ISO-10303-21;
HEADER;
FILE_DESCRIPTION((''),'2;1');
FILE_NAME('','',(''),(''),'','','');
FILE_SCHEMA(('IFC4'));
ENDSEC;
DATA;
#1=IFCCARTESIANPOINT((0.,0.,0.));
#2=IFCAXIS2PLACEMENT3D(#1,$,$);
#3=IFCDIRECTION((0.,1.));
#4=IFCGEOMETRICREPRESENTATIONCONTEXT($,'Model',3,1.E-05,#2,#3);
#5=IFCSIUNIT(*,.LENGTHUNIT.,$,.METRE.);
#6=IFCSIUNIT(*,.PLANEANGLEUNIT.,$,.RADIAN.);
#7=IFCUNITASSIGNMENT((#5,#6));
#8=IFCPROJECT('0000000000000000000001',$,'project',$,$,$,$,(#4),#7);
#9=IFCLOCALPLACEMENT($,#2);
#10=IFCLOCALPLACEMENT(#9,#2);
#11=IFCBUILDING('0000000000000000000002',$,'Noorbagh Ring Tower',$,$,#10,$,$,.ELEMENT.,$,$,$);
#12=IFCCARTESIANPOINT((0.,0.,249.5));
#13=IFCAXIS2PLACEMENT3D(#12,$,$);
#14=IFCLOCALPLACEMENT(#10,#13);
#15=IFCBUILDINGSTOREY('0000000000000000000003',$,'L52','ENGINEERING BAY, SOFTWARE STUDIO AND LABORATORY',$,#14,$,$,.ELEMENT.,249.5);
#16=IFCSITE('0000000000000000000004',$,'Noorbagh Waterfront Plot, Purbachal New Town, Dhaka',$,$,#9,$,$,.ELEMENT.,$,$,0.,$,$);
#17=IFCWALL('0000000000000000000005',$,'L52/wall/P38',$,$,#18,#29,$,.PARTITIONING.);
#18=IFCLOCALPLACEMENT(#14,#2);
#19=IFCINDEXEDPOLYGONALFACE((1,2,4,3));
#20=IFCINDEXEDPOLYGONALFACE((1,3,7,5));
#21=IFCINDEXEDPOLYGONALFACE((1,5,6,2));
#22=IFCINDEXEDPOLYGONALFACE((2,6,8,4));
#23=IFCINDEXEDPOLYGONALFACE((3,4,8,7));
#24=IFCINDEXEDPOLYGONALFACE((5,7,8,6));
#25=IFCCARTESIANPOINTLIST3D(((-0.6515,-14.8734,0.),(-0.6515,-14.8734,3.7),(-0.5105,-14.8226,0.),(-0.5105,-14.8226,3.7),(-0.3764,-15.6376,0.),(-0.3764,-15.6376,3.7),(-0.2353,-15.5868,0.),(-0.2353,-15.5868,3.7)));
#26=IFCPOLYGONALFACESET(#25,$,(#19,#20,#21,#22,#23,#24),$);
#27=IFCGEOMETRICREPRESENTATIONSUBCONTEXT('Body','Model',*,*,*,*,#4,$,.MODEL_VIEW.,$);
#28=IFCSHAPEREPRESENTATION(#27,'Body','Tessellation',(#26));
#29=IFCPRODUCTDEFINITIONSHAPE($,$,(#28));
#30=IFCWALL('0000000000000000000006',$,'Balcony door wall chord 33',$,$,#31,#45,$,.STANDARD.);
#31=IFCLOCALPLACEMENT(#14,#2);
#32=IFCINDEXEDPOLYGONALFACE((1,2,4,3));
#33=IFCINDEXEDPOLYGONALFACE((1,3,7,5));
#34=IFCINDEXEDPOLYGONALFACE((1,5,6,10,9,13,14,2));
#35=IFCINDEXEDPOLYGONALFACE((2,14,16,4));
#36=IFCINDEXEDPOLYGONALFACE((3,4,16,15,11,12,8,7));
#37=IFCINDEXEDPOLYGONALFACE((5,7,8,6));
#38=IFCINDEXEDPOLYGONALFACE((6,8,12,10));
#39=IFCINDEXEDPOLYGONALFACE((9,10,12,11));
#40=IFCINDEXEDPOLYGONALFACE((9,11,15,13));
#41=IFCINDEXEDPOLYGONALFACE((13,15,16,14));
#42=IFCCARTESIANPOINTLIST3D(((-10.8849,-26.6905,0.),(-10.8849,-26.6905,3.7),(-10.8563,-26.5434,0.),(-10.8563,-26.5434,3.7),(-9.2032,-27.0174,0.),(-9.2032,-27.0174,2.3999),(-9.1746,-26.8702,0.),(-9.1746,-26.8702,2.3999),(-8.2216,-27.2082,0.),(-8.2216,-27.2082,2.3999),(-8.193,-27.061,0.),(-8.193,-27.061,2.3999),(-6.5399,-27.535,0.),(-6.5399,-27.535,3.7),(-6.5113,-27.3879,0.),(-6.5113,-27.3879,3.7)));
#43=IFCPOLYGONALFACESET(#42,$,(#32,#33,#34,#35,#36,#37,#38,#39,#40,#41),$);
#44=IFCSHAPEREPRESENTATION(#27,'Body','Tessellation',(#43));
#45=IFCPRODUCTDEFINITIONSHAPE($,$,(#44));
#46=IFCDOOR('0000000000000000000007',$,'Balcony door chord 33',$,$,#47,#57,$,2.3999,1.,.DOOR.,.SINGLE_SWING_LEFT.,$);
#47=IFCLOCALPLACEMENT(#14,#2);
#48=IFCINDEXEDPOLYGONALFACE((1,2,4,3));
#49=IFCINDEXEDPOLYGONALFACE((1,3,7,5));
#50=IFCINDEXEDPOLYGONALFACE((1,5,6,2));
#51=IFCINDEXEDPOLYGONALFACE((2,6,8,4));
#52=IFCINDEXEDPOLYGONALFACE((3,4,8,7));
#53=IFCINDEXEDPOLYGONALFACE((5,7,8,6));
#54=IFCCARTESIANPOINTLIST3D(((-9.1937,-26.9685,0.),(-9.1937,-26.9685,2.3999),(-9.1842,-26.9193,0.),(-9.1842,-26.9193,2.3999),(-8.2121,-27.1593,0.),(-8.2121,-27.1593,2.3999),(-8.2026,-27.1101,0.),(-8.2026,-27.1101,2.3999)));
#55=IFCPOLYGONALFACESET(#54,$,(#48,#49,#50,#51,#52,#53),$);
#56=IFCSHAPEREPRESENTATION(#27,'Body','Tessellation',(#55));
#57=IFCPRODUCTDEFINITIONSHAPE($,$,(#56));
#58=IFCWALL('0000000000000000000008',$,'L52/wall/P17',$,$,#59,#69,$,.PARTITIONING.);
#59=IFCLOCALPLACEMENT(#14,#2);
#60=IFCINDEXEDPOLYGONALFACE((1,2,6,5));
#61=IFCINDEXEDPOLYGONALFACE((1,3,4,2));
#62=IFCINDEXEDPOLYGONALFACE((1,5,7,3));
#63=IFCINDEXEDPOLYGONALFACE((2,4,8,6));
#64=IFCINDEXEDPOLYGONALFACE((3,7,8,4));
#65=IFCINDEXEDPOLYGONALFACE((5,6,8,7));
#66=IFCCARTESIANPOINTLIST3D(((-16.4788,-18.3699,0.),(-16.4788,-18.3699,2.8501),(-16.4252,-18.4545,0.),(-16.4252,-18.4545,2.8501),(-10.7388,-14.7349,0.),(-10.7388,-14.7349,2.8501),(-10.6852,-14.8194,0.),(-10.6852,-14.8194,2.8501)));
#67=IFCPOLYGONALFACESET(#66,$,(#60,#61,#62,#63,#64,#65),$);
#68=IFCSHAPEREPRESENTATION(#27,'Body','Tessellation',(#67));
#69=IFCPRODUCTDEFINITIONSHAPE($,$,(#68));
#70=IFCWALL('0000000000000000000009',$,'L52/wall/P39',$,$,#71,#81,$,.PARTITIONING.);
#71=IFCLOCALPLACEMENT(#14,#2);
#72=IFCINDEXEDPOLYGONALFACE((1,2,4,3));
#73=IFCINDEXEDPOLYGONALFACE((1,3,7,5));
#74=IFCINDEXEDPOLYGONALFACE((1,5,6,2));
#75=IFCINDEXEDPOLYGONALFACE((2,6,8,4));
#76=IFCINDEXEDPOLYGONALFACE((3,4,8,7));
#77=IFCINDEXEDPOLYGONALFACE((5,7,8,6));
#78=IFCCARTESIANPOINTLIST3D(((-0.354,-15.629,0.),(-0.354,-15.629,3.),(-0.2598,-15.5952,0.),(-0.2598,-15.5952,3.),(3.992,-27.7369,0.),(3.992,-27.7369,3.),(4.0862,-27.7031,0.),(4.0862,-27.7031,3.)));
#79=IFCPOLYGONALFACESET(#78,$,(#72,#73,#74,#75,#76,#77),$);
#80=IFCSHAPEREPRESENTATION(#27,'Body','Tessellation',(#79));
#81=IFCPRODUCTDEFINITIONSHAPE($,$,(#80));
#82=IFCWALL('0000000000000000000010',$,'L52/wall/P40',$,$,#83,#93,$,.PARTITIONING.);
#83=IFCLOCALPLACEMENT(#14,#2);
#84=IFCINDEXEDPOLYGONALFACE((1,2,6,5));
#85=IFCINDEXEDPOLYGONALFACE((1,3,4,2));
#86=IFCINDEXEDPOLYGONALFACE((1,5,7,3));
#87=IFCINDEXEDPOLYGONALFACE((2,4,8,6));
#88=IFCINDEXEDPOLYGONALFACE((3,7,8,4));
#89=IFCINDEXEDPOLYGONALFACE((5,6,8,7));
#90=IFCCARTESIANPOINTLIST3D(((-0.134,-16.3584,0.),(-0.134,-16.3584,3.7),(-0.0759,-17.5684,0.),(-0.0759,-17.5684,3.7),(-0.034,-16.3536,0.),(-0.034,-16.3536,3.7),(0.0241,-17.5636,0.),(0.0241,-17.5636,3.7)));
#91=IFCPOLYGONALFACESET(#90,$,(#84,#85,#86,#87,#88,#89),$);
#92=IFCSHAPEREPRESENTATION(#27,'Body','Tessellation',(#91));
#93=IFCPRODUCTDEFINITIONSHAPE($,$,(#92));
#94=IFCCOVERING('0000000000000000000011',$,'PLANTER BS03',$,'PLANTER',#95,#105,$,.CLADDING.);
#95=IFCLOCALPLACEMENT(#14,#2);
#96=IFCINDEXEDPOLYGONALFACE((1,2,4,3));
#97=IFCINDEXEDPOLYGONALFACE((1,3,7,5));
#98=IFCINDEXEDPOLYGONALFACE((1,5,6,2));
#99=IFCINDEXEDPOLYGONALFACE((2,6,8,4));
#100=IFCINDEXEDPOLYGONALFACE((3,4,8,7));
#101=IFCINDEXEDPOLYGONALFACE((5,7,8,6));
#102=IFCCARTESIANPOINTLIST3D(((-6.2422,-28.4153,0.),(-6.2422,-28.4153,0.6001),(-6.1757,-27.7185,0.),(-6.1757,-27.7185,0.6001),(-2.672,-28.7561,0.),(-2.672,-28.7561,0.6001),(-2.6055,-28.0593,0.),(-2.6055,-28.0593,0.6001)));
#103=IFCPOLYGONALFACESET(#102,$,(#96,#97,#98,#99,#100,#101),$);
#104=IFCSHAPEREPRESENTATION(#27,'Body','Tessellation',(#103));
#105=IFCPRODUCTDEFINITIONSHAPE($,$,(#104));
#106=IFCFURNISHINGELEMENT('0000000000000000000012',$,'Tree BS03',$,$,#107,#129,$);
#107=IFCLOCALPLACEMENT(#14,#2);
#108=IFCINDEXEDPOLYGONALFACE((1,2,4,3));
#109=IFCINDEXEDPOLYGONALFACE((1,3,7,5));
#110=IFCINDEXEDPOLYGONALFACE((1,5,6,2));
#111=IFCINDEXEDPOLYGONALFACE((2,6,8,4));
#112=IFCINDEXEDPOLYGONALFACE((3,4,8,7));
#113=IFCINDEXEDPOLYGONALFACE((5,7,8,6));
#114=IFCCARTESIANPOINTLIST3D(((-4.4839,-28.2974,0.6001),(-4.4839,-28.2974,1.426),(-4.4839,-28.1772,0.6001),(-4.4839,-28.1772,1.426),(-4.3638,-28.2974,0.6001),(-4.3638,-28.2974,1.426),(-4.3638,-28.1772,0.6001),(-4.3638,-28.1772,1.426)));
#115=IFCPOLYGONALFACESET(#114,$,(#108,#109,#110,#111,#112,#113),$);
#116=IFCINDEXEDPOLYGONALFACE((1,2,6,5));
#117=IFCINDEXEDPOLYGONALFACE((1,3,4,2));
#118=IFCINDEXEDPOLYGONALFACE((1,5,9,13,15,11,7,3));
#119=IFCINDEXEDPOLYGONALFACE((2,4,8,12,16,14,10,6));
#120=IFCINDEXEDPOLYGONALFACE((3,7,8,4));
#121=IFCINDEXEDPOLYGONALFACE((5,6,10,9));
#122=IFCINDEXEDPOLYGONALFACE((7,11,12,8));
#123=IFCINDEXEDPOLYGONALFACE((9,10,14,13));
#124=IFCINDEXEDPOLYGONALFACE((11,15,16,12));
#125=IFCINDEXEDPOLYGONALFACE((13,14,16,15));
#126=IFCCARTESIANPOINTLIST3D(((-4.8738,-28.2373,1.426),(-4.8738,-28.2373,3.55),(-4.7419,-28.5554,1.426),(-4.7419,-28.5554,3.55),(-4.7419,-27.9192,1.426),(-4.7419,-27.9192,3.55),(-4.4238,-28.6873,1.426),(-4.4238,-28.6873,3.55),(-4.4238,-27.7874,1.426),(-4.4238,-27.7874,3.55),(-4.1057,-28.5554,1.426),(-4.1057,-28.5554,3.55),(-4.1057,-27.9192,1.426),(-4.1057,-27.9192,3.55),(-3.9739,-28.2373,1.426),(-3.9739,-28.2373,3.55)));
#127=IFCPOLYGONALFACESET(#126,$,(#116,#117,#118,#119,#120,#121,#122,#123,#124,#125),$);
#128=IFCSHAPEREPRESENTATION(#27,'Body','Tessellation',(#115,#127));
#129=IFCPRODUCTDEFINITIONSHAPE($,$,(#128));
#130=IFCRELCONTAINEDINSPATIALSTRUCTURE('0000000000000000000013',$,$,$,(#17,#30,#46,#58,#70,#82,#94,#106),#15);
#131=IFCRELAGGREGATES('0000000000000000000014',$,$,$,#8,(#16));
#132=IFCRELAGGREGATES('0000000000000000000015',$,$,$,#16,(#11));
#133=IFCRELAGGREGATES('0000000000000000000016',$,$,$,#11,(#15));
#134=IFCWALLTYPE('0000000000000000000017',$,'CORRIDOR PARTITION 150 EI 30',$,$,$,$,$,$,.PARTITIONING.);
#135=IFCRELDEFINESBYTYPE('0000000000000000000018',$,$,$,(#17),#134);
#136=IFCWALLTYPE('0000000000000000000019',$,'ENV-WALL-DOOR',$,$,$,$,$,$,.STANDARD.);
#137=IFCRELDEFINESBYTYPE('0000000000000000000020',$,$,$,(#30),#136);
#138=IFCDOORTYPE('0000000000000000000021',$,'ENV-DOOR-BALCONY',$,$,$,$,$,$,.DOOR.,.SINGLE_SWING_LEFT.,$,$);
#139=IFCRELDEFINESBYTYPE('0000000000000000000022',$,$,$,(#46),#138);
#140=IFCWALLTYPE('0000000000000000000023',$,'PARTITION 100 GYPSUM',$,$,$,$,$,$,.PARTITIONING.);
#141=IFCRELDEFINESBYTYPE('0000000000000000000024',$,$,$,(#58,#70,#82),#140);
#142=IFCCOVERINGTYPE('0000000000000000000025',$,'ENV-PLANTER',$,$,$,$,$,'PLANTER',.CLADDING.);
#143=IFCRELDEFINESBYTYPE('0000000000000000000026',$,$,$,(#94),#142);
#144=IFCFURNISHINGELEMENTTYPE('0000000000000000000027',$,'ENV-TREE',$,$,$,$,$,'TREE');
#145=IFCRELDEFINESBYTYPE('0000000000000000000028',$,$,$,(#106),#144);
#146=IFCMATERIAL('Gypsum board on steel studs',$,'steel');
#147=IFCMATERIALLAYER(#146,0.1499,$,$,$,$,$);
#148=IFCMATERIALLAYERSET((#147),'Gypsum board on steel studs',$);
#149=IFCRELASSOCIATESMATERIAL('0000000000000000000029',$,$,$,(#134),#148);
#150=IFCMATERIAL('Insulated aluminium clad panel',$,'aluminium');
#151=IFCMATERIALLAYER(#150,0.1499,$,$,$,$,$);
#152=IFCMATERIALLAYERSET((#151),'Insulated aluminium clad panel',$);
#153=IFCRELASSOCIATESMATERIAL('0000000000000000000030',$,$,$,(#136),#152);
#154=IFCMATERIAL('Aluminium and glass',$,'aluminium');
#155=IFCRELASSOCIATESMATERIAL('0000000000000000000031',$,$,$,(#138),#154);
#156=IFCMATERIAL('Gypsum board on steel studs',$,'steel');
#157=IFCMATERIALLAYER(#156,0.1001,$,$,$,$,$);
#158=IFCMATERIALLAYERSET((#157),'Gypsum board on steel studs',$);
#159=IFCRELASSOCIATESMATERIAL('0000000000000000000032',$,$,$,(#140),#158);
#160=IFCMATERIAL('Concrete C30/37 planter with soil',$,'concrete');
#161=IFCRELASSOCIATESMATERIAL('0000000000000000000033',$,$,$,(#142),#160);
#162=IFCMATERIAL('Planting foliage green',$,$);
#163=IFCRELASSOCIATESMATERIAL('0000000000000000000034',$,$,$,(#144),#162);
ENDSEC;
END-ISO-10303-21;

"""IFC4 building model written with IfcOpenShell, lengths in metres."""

from ifc_helpers import new_model, si_unit, direction, frame, frame_2d, origin, origin_2d, place, context, subcontext, project, spatial, polyline, rectangle, outline, extrude, material, layer, layer_set, type_object, element, fill, save


model = new_model("IFC4")

# Units and contexts
model_context = context("Model", 3, precision=1e-05, world=origin(), true_north=direction((0.0, 1.0)))
body_context = subcontext(model_context, "Body", "Model", "MODEL_VIEW")
ifc_project = project(units=[si_unit("LENGTHUNIT", "METRE"), si_unit("PLANEANGLEUNIT", "RADIAN")], contexts=[model_context])

# Site, building, storey
site_placement = place(None, origin())
site = spatial("IfcSite", under=ifc_project, at=site_placement, Name="Noorbagh Waterfront Plot, Purbachal New Town, Dhaka", CompositionType="ELEMENT", RefElevation=0.0)
building_placement = place(site_placement, origin())
building = spatial("IfcBuilding", under=site, at=building_placement, Name="Noorbagh Ring Tower", CompositionType="ELEMENT")
storey_placement = place(building_placement, frame((0.0, 0.0, 249.5)))
storey = spatial("IfcBuildingStorey", under=building, at=storey_placement, Name="L52", Description="ENGINEERING BAY, SOFTWARE STUDIO AND LABORATORY", CompositionType="ELEMENT", Elevation=249.5)

# Wall
ifc_material_1 = material(Name="Gypsum board on steel studs", Category="steel")
ifc_layer_1 = layer(ifc_material_1, 0.1499)
ifc_layer_set_1 = layer_set([ifc_layer_1], Name="Gypsum board on steel studs")
wall_type_1 = type_object("IfcWallType", Name="CORRIDOR PARTITION 150 EI 30", PredefinedType="PARTITIONING", material=ifc_layer_set_1)
wall_1_placement = place(storey_placement, frame((-0.5811, -14.8479, 0.0), z_axis=(0.0, 0.0, 1.0), x_axis=(0.338773, -0.940868, 0.0)))
element("IfcWall", 1, at=wall_1_placement, inside=storey, type_object=wall_type_1, Name="L52/wall/P38", PredefinedType="PARTITIONING", context=body_context, shape_type="SweptSolid", body=[
    extrude(rectangle(XDim=0.8123, YDim=0.1499, at=frame_2d((0.4062, 0.0))), origin(), (0.0, 0.0, 1.0), 3.7),
])

# Wall, opening, door
ifc_material_2 = material(Name="Insulated aluminium clad panel", Category="aluminium")
ifc_layer_2 = layer(ifc_material_2, 0.1499)
ifc_layer_set_2 = layer_set([ifc_layer_2], Name="Insulated aluminium clad panel")
wall_type_2 = type_object("IfcWallType", Name="ENV-WALL-DOOR", PredefinedType="STANDARD", material=ifc_layer_set_2)
wall_2_placement = place(storey_placement, frame((-10.8706, -26.6169, 0.0), z_axis=(0.0, 0.0, 1.0), x_axis=(0.981631, -0.190788, 0.0)))
wall_2 = element("IfcWall", 2, at=wall_2_placement, inside=storey, type_object=wall_type_2, Name="Balcony door wall chord 33", PredefinedType="STANDARD", context=body_context, shape_type="SweptSolid", body=[
    extrude(rectangle(XDim=4.4263, YDim=0.1499, at=frame_2d((2.2131, 0.0))), origin(), (0.0, 0.0, 1.0), 3.7),
])
opening_placement = place(wall_2_placement, frame((1.7131, 0.0, 0.0)))
opening = element("IfcOpeningElement", 3, at=opening_placement, cuts=wall_2, PredefinedType="OPENING", context=body_context, shape_type="SweptSolid", body=[
    extrude(rectangle(XDim=1.0, YDim=2.3999, at=frame_2d((0.5, 1.2))), frame((0.0, 0.085, 0.0), z_axis=(0.0, -1.0, 0.0), x_axis=(1.0, 0.0, 0.0)), (0.0, 0.0, 1.0), 0.1699),
])
ifc_material_3 = material(Name="Aluminium and glass", Category="aluminium")
door_type = type_object("IfcDoorType", Name="ENV-DOOR-BALCONY", OperationType="SINGLE_SWING_LEFT", PredefinedType="DOOR", material=ifc_material_3)
door_placement = place(opening_placement, origin())
door = element("IfcDoor", 4, at=door_placement, inside=storey, type_object=door_type, Name="Balcony door chord 33", OperationType="SINGLE_SWING_LEFT", OverallHeight=2.3999, OverallWidth=1.0, PredefinedType="DOOR", context=body_context, shape_type="SweptSolid", body=[
    extrude(rectangle(XDim=1.0, YDim=2.3999, at=frame_2d((0.5, 1.2))), frame((0.0, 0.0249, 0.0), z_axis=(0.0, -1.0, 0.0), x_axis=(1.0, 0.0, 0.0)), (0.0, 0.0, 1.0), 0.05),
])
fill(opening, door)

# Walls
ifc_material_4 = material(Name="Gypsum board on steel studs", Category="steel")
ifc_layer_3 = layer(ifc_material_4, 0.1001)
ifc_layer_set_3 = layer_set([ifc_layer_3], Name="Gypsum board on steel studs")
wall_type_3 = type_object("IfcWallType", Name="PARTITION 100 GYPSUM", PredefinedType="PARTITIONING", material=ifc_layer_set_3)
wall_3_placement = place(storey_placement, frame((-16.4519, -18.4121, 0.0), z_axis=(0.0, 0.0, 1.0), x_axis=(0.84484, 0.535019, 0.0)))
element("IfcWall", 5, at=wall_3_placement, inside=storey, type_object=wall_type_3, Name="L52/wall/P17", PredefinedType="PARTITIONING", context=body_context, shape_type="SweptSolid", body=[
    extrude(rectangle(XDim=6.7942, YDim=0.1001, at=frame_2d((3.397, 0.0))), origin(), (0.0, 0.0, 1.0), 2.8501),
])
wall_4_placement = place(storey_placement, frame((-0.3069, -15.6121, 0.0), z_axis=(0.0, 0.0, 1.0), x_axis=(0.337832, -0.941207, 0.0)))
element("IfcWall", 6, at=wall_4_placement, inside=storey, type_object=wall_type_3, Name="L52/wall/P39", PredefinedType="PARTITIONING", context=body_context, shape_type="SweptSolid", body=[
    extrude(rectangle(XDim=12.8643, YDim=0.1001, at=frame_2d((6.4321, 0.0))), origin(), (0.0, 0.0, 1.0), 3.0),
])
wall_5_placement = place(storey_placement, frame((-0.084, -16.356, 0.0), z_axis=(0.0, 0.0, 1.0), x_axis=(0.047967, -0.998849, 0.0)))
element("IfcWall", 7, at=wall_5_placement, inside=storey, type_object=wall_type_3, Name="L52/wall/P40", PredefinedType="PARTITIONING", context=body_context, shape_type="SweptSolid", body=[
    extrude(rectangle(XDim=1.2114, YDim=0.1001, at=frame_2d((0.6057, 0.0))), origin(), (0.0, 0.0, 1.0), 3.7),
])

# Covering
ifc_material_5 = material(Name="Concrete C30/37 planter with soil", Category="concrete")
covering_type = type_object("IfcCoveringType", Name="ENV-PLANTER", ElementType="PLANTER", PredefinedType="CLADDING", material=ifc_material_5)
covering_placement = place(storey_placement, frame((-4.4238, -28.2373, 0.0), z_axis=(0.0, 0.0, 1.0), x_axis=(0.995476, -0.095008, 0.0)))
element("IfcCovering", 8, at=covering_placement, inside=storey, type_object=covering_type, Name="PLANTER BS03", ObjectType="PLANTER", PredefinedType="CLADDING", context=body_context, shape_type="SweptSolid", body=[
    extrude(rectangle(XDim=3.5864, YDim=0.7, at=origin_2d()), origin(), (0.0, 0.0, 1.0), 0.6001),
])

# Furnishing element
ifc_material_6 = material(Name="Planting foliage green")
furnishing_element_type = type_object("IfcFurnishingElementType", Name="ENV-TREE", ElementType="TREE", material=ifc_material_6)
furnishing_placement = place(storey_placement, frame((-4.4238, -28.2373, 0.6001), z_axis=(0.0, 0.0, 1.0), x_axis=(1.0, 0.0, 0.0)))
element("IfcFurnishingElement", 9, at=furnishing_placement, inside=storey, type_object=furnishing_element_type, Name="Tree BS03", context=body_context, shape_type="SweptSolid", body=[
    extrude(rectangle(XDim=0.1201, YDim=0.1201, at=origin_2d()), origin(), (0.0, 0.0, 1.0), 0.8259),
    extrude(outline(polyline([(0.45, 0.0), (0.3181, 0.3181), (0.0, 0.45), (-0.3181, 0.3181), (-0.45, 0.0), (-0.3181, -0.3181), (0.0, -0.45), (0.3181, -0.3181), (0.45, 0.0)])), frame((0.0, 0.0, 0.8259)), (0.0, 0.0, 1.0), 2.124),
])

save(model, "model.ifc")
